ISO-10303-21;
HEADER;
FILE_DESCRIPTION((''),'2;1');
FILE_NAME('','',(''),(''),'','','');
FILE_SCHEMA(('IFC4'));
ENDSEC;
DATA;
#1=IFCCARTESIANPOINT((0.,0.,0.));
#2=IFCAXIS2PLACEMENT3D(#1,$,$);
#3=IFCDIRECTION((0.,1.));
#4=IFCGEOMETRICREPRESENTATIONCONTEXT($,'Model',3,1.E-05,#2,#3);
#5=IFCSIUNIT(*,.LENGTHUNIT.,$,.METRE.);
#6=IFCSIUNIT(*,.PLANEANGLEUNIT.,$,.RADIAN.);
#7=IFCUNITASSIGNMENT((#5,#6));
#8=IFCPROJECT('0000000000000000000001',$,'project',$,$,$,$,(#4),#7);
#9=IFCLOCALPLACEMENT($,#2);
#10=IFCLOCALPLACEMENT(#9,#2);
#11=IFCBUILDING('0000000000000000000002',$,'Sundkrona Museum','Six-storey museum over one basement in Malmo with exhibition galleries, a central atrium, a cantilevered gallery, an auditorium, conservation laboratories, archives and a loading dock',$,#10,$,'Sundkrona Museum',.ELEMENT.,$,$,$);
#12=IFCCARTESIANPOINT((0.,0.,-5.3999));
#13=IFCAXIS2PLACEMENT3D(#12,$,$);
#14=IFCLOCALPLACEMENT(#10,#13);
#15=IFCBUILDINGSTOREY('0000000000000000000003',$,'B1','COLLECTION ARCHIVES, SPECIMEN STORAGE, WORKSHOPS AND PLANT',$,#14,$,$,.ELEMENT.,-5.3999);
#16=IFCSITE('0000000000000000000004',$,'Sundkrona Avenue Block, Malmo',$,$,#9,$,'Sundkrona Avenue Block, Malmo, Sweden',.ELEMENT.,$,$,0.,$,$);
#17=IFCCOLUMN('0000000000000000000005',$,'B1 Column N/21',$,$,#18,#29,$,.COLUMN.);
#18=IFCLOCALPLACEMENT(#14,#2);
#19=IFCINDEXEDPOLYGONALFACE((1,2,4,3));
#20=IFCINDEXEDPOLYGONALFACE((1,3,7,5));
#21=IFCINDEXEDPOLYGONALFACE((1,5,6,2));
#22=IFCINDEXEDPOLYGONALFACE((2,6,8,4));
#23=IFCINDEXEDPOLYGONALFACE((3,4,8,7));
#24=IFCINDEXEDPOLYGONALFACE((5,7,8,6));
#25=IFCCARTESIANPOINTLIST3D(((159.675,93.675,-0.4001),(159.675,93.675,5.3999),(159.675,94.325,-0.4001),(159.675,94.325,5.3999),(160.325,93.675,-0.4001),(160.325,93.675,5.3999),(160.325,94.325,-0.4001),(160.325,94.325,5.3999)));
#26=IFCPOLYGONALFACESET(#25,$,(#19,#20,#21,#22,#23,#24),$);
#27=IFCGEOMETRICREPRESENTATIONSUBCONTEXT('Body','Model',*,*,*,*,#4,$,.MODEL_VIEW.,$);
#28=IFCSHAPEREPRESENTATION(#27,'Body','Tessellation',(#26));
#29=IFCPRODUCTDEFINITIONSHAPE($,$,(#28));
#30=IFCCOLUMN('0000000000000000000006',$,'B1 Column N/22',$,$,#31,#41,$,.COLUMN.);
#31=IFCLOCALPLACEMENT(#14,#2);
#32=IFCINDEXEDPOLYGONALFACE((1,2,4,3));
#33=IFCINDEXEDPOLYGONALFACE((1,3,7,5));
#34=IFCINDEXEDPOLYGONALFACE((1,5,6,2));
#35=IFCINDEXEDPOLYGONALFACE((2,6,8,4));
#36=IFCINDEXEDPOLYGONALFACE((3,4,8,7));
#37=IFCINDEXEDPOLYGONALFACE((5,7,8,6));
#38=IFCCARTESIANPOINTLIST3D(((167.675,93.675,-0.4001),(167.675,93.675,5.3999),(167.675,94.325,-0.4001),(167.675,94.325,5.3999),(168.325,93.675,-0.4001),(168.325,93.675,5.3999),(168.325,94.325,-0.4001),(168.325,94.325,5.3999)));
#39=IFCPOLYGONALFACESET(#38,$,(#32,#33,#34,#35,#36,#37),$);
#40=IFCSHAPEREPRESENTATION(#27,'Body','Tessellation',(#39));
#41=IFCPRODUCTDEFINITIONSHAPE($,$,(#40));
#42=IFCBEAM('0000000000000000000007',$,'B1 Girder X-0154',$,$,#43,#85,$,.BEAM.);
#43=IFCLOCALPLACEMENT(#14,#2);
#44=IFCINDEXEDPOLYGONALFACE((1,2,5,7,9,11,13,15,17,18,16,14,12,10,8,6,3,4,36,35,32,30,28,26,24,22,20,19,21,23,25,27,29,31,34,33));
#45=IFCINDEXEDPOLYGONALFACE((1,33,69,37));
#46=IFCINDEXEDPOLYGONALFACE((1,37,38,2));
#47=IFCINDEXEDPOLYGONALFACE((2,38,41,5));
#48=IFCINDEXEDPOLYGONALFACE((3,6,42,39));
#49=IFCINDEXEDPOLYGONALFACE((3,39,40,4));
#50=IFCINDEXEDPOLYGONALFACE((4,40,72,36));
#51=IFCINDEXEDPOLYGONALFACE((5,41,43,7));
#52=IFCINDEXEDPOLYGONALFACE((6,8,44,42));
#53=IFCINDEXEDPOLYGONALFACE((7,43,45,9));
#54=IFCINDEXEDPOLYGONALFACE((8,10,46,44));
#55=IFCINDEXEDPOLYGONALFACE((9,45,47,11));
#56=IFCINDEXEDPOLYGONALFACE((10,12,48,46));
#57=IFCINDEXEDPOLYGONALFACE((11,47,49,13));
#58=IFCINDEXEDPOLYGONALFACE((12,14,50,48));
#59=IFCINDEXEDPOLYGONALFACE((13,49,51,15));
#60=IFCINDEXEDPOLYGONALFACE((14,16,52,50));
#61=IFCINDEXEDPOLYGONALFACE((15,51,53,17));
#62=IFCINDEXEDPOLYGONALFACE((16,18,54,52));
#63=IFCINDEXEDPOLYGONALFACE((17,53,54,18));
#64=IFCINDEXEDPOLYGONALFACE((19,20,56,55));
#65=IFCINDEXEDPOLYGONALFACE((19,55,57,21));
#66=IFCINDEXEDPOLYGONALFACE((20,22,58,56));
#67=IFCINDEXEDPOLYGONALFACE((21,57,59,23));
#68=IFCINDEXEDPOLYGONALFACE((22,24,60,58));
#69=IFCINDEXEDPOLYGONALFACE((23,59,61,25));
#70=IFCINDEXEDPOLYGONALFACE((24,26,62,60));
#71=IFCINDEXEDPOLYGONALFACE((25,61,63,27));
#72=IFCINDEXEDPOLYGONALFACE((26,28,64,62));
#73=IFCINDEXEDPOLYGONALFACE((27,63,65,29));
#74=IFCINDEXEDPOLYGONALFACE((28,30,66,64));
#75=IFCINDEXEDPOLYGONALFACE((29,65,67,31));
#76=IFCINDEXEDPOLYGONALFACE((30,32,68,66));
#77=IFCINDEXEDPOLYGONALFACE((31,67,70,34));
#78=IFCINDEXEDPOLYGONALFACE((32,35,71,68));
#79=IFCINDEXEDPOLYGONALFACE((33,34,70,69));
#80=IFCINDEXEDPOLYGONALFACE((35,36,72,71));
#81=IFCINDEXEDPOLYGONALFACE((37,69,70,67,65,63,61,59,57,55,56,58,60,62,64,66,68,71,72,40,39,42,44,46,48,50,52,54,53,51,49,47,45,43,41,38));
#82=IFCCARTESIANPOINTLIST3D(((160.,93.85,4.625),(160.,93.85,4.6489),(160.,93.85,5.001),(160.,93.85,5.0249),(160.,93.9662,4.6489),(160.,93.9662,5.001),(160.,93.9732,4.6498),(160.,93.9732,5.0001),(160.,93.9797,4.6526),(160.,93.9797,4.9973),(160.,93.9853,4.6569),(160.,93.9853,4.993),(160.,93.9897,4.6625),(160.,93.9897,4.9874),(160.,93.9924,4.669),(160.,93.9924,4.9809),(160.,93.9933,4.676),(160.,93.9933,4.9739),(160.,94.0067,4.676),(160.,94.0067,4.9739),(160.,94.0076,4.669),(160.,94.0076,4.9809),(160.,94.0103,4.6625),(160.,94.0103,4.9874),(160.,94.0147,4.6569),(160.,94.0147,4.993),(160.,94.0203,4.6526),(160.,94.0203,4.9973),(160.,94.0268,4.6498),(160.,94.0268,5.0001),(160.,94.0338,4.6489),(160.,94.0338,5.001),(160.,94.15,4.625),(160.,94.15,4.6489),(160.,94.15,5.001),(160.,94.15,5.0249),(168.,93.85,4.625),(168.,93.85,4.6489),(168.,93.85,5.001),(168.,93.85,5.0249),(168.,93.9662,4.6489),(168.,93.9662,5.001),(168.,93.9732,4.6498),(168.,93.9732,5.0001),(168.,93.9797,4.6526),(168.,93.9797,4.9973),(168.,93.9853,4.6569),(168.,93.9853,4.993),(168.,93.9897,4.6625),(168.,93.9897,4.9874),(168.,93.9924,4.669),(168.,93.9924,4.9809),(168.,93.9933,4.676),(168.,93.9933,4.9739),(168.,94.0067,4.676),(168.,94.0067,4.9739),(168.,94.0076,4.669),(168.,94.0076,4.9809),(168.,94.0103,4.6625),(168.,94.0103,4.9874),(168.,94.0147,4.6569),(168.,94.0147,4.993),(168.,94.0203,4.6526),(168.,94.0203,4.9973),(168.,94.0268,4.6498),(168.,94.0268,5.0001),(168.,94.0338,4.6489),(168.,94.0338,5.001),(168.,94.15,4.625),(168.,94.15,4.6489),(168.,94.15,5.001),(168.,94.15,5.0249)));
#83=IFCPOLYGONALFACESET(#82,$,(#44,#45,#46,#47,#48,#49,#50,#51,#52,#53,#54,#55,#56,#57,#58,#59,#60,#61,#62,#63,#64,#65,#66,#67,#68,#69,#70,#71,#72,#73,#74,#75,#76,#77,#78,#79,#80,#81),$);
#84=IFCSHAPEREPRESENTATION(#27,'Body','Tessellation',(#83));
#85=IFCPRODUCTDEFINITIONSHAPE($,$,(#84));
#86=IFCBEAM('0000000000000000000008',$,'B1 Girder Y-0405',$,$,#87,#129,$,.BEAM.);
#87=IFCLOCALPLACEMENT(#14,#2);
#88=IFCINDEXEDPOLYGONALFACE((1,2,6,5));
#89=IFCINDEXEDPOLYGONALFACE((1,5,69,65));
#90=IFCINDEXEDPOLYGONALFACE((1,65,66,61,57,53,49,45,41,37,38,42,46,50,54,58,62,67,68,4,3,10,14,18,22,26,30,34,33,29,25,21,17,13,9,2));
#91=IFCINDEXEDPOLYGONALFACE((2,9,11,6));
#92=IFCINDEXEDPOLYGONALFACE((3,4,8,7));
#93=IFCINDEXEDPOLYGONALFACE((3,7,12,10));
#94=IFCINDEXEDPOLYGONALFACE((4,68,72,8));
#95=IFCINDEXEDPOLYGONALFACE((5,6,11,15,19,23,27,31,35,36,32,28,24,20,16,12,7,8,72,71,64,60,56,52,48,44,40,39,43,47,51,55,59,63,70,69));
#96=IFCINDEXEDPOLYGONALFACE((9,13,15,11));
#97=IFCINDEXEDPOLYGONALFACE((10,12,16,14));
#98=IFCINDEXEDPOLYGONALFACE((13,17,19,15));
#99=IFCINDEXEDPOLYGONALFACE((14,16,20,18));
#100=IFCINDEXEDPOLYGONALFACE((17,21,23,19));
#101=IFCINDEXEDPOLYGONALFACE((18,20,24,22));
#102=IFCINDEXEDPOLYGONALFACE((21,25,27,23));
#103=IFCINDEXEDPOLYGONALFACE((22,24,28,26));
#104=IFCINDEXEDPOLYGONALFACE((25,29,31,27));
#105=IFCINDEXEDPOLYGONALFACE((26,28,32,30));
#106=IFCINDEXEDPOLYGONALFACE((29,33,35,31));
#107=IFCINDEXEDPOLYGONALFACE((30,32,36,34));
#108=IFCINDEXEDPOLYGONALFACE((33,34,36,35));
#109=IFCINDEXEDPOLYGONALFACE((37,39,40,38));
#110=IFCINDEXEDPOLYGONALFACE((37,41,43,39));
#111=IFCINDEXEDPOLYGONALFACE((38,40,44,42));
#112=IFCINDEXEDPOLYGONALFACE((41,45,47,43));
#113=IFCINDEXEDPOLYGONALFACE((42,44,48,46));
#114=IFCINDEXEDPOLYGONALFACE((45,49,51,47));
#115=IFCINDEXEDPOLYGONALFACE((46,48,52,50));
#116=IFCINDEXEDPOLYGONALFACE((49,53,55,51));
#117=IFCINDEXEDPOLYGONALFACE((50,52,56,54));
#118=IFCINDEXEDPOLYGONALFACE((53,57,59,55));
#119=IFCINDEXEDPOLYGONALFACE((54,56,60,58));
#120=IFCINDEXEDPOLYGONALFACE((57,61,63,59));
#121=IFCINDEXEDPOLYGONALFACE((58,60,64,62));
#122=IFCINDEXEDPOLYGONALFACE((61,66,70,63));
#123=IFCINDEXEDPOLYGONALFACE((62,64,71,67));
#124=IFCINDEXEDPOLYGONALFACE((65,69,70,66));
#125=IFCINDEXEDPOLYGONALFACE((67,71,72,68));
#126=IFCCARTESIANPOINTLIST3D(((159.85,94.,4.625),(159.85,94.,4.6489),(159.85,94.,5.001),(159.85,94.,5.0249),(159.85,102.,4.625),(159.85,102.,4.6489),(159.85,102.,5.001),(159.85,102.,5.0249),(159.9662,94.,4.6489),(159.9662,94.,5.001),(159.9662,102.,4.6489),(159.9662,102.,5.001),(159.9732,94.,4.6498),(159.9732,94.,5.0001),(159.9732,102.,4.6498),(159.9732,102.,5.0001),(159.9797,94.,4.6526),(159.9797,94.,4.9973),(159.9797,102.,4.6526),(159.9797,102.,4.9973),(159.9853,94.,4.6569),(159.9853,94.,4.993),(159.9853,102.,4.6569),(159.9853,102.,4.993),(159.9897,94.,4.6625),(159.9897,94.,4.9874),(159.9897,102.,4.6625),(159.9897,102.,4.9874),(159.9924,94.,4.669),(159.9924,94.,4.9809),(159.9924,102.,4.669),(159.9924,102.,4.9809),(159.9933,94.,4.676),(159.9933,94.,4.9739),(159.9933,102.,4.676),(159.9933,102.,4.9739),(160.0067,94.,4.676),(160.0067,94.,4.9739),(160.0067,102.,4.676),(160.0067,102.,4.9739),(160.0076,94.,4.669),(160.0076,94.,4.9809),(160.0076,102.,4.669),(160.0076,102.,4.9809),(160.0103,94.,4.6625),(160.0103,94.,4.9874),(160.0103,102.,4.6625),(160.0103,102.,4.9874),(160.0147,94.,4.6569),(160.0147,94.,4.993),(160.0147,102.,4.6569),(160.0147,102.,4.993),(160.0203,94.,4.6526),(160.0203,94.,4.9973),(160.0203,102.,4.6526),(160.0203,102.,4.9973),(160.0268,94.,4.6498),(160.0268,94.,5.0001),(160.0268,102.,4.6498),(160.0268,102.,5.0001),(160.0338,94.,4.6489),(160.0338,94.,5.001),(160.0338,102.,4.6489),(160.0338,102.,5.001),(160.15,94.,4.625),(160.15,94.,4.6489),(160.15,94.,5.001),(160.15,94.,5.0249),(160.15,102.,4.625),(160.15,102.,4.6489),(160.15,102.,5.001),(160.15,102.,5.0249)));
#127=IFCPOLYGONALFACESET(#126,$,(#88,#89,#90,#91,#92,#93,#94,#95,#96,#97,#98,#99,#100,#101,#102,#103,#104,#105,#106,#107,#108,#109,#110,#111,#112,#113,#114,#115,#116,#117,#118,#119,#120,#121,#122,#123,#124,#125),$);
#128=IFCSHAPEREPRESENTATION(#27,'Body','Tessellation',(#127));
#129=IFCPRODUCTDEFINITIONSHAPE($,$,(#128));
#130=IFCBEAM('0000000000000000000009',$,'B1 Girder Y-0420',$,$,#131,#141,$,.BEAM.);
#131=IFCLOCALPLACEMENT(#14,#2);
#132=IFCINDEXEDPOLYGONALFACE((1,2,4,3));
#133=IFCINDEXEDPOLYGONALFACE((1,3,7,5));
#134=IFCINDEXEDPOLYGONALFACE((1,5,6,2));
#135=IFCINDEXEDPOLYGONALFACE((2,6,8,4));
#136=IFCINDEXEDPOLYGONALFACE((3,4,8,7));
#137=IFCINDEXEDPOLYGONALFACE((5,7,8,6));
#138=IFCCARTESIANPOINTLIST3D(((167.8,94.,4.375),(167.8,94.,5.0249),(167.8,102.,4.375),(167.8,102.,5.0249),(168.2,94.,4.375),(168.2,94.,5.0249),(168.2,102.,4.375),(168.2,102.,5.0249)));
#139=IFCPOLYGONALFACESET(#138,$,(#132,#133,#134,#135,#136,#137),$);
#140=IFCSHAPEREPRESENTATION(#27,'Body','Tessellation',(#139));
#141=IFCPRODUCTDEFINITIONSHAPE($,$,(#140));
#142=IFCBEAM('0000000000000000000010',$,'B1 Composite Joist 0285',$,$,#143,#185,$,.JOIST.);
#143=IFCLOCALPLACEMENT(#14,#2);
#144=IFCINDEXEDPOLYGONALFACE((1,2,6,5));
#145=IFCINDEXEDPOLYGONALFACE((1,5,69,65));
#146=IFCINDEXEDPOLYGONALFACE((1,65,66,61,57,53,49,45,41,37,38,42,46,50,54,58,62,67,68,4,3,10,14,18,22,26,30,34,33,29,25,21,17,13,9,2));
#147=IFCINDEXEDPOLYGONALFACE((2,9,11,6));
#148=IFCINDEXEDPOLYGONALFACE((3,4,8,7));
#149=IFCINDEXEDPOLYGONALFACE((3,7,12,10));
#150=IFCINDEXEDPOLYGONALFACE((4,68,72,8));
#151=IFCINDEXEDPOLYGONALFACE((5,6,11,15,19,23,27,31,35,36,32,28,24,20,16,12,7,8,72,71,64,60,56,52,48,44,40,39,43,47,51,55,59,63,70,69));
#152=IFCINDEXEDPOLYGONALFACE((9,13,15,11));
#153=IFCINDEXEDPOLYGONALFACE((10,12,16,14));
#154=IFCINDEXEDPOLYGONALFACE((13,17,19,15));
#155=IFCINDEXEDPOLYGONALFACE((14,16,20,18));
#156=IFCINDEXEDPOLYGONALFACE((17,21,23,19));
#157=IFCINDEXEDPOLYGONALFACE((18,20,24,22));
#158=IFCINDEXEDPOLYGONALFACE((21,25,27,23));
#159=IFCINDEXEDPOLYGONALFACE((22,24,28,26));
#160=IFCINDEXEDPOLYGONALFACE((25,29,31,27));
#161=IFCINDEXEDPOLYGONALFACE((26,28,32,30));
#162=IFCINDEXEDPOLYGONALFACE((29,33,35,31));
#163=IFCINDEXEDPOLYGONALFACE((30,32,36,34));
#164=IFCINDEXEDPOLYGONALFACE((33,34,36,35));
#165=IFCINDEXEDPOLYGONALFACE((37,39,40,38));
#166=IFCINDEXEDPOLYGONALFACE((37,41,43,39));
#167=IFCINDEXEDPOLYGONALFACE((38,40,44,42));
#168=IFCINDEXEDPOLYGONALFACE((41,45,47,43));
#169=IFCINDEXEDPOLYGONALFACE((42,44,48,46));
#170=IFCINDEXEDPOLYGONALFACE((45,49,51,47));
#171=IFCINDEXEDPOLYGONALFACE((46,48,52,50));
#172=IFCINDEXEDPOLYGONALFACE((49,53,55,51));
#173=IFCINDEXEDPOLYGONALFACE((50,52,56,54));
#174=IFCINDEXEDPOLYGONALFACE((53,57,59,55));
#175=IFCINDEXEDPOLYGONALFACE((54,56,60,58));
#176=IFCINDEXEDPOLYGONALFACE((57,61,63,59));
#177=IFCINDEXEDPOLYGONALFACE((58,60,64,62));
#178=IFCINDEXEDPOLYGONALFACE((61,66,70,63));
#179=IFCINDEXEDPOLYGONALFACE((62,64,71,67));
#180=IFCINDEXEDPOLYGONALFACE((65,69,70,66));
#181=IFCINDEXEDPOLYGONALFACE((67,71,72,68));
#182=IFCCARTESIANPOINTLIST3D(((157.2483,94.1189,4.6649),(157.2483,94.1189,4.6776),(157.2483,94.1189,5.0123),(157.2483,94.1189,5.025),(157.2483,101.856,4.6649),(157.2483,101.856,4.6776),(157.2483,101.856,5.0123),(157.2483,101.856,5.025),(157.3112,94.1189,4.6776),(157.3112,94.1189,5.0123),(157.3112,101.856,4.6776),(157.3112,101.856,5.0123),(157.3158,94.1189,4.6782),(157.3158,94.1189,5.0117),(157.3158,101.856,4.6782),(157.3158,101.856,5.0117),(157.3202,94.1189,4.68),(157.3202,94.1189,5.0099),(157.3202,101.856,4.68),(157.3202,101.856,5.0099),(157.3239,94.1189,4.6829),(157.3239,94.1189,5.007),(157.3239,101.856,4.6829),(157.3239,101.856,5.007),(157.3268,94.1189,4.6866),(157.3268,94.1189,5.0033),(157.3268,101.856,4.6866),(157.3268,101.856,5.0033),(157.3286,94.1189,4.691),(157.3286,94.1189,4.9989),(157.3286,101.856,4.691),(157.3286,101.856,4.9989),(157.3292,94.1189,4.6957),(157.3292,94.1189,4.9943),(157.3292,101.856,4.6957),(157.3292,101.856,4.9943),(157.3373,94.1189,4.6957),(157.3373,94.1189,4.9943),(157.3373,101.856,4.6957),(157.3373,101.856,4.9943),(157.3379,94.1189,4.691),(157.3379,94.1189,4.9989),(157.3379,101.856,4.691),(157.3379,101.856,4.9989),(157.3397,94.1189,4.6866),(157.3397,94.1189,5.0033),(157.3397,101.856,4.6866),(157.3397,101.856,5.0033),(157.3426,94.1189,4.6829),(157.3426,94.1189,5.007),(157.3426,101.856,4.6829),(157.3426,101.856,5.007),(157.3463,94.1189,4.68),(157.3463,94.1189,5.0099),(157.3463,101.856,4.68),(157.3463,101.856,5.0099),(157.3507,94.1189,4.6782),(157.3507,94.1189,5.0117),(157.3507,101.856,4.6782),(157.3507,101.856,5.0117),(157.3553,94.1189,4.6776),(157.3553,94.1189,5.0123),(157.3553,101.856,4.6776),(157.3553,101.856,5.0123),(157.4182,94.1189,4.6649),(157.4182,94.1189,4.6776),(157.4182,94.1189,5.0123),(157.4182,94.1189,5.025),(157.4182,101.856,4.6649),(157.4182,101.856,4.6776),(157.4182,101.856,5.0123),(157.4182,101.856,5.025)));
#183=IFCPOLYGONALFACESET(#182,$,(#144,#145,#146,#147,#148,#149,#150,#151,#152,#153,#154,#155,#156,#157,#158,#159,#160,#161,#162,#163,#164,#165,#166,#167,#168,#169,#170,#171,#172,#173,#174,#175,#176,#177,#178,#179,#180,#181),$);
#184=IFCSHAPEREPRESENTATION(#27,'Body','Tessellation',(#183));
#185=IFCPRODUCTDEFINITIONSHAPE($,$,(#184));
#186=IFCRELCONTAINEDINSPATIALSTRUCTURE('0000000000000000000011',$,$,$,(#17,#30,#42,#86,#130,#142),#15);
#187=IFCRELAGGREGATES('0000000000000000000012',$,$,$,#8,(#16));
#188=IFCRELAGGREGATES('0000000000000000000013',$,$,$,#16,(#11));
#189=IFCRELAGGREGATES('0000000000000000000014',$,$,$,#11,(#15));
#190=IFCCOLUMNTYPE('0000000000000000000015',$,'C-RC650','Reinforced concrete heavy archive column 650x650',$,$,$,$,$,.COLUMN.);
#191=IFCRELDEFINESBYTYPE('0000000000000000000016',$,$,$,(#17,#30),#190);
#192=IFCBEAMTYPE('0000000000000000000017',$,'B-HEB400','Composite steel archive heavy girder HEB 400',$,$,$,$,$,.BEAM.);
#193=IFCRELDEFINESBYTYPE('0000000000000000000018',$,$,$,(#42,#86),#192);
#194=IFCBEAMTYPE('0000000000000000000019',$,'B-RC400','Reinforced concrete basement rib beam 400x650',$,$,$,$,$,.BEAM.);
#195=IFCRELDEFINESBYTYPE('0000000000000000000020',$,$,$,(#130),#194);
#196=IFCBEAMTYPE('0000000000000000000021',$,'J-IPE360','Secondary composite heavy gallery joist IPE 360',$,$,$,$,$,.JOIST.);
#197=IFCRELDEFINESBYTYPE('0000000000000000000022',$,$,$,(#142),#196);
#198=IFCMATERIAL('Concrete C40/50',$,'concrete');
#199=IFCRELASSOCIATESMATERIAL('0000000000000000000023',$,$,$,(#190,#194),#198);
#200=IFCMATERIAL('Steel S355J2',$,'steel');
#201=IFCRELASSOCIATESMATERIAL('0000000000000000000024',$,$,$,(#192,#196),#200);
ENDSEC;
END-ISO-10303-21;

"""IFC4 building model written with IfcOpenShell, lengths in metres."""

from ifc_helpers import new_model, si_unit, direction, frame, origin, origin_2d, place, context, subcontext, project, spatial, rectangle, i_section, extrude, material, material_profile, profile_set, type_object, element, save


model = new_model("IFC4")

# Units and contexts
model_context = context("Model", 3, precision=1e-05, world=origin(), true_north=direction((0.0, 1.0)))
body_context = subcontext(model_context, "Body", "Model", "MODEL_VIEW")
ifc_project = project(units=[si_unit("LENGTHUNIT", "METRE"), si_unit("PLANEANGLEUNIT", "RADIAN")], contexts=[model_context])

# Site, building, storey
site_placement = place(None, origin())
site = spatial("IfcSite", under=ifc_project, at=site_placement, Name="Sundkrona Avenue Block, Malmo", LongName="Sundkrona Avenue Block, Malmo, Sweden", CompositionType="ELEMENT", RefElevation=0.0)
building_placement = place(site_placement, origin())
building = spatial("IfcBuilding", under=site, at=building_placement, Name="Sundkrona Museum", Description="Six-storey museum over one basement in Malmo with exhibition galleries, a central atrium, a cantilevered gallery, an auditorium, conservation laboratories, archives and a loading dock", LongName="Sundkrona Museum", CompositionType="ELEMENT")
storey_placement = place(building_placement, frame((0.0, 0.0, -5.3999)))
storey = spatial("IfcBuildingStorey", under=building, at=storey_placement, Name="B1", Description="COLLECTION ARCHIVES, SPECIMEN STORAGE, WORKSHOPS AND PLANT", CompositionType="ELEMENT", Elevation=-5.3999)

# Shared definitions
ifc_material_1 = material(Name="Concrete C40/50", Category="concrete")

# Columns
ifc_material_profile_1 = material_profile(ifc_material_1, rectangle(XDim=0.6499, YDim=0.6499, at=origin_2d()), Name="RC 650x650")
ifc_profile_set_1 = profile_set([ifc_material_profile_1], Name="Concrete C40/50")
column_type = type_object("IfcColumnType", Name="C-RC650", Description="Reinforced concrete heavy archive column 650x650", PredefinedType="COLUMN", material=ifc_profile_set_1)
for number, where, z_axis, x_axis, name in (
    (1, (160.0, 94.0, -0.4001), (0.0, 0.0, 1.0), (1.0, 0.0, 0.0), "B1 Column N/21"),
    (2, (168.0, 94.0, -0.4001), (0.0, 0.0, 1.0), (1.0, 0.0, 0.0), "B1 Column N/22"),
):
    element("IfcColumn", number, at=place(storey_placement, frame(where, z_axis=z_axis, x_axis=x_axis)), inside=storey, type_object=column_type, Name=name, PredefinedType="COLUMN", context=body_context, shape_type="SweptSolid", body=[
        extrude(rectangle(XDim=0.6499, YDim=0.6499, at=origin_2d()), origin(), (0.0, 0.0, 1.0), 5.8),
    ])

# Beams
ifc_material_2 = material(Name="Steel S355J2", Category="steel")
ifc_material_profile_2 = material_profile(ifc_material_2, i_section(OverallWidth=0.3, OverallDepth=0.3999, WebThickness=0.0134, FlangeThickness=0.0239, FilletRadius=0.0271, at=origin_2d()), Name="HEB 400")
ifc_profile_set_2 = profile_set([ifc_material_profile_2], Name="Steel S355J2")
beam_type_1 = type_object("IfcBeamType", Name="B-HEB400", Description="Composite steel archive heavy girder HEB 400", PredefinedType="BEAM", material=ifc_profile_set_2)
for number, where, z_axis, x_axis, name in (
    (3, (160.0, 94.0, 4.825), (1.0, 0.0, 0.0), (0.0, 1.0, 0.0), "B1 Girder X-0154"),
    (4, (160.0, 94.0, 4.825), (0.0, 1.0, 0.0), (-1.0, 0.0, 0.0), "B1 Girder Y-0405"),
):
    element("IfcBeam", number, at=place(storey_placement, frame(where, z_axis=z_axis, x_axis=x_axis)), inside=storey, type_object=beam_type_1, Name=name, PredefinedType="BEAM", context=body_context, shape_type="SweptSolid", body=[
        extrude(i_section(OverallWidth=0.3, OverallDepth=0.3999, WebThickness=0.0134, FlangeThickness=0.0239, FilletRadius=0.0271, at=origin_2d()), origin(), (0.0, 0.0, 1.0), 8.0),
    ])
ifc_material_profile_3 = material_profile(ifc_material_1, rectangle(XDim=0.3999, YDim=0.6499, at=origin_2d()), Name="RCB 400x650")
ifc_profile_set_3 = profile_set([ifc_material_profile_3], Name="Concrete C40/50")
beam_type_2 = type_object("IfcBeamType", Name="B-RC400", Description="Reinforced concrete basement rib beam 400x650", PredefinedType="BEAM", material=ifc_profile_set_3)
beam_1_placement = place(storey_placement, frame((168.0, 94.0, 4.7), z_axis=(0.0, 1.0, 0.0), x_axis=(-1.0, 0.0, 0.0)))
element("IfcBeam", 5, at=beam_1_placement, inside=storey, type_object=beam_type_2, Name="B1 Girder Y-0420", PredefinedType="BEAM", context=body_context, shape_type="SweptSolid", body=[
    extrude(rectangle(XDim=0.3999, YDim=0.6499, at=origin_2d()), origin(), (0.0, 0.0, 1.0), 8.0),
])
ifc_material_profile_4 = material_profile(ifc_material_2, i_section(OverallWidth=0.1699, OverallDepth=0.3601, WebThickness=0.0081, FlangeThickness=0.0127, FilletRadius=0.0181, at=origin_2d()), Name="IPE 360")
ifc_profile_set_4 = profile_set([ifc_material_profile_4], Name="Steel S355J2")
beam_type_3 = type_object("IfcBeamType", Name="J-IPE360", Description="Secondary composite heavy gallery joist IPE 360", PredefinedType="JOIST", material=ifc_profile_set_4)
beam_2_placement = place(storey_placement, frame((157.3333, 94.1189, 4.845), z_axis=(0.0, 1.0, 0.0), x_axis=(-1.0, 0.0, 0.0)))
element("IfcBeam", 6, at=beam_2_placement, inside=storey, type_object=beam_type_3, Name="B1 Composite Joist 0285", PredefinedType="JOIST", context=body_context, shape_type="SweptSolid", body=[
    extrude(i_section(OverallWidth=0.1699, OverallDepth=0.3601, WebThickness=0.0081, FlangeThickness=0.0127, FilletRadius=0.0181, at=origin_2d()), origin(), (0.0, 0.0, 1.0), 7.7371),
])

save(model, "model.ifc")
